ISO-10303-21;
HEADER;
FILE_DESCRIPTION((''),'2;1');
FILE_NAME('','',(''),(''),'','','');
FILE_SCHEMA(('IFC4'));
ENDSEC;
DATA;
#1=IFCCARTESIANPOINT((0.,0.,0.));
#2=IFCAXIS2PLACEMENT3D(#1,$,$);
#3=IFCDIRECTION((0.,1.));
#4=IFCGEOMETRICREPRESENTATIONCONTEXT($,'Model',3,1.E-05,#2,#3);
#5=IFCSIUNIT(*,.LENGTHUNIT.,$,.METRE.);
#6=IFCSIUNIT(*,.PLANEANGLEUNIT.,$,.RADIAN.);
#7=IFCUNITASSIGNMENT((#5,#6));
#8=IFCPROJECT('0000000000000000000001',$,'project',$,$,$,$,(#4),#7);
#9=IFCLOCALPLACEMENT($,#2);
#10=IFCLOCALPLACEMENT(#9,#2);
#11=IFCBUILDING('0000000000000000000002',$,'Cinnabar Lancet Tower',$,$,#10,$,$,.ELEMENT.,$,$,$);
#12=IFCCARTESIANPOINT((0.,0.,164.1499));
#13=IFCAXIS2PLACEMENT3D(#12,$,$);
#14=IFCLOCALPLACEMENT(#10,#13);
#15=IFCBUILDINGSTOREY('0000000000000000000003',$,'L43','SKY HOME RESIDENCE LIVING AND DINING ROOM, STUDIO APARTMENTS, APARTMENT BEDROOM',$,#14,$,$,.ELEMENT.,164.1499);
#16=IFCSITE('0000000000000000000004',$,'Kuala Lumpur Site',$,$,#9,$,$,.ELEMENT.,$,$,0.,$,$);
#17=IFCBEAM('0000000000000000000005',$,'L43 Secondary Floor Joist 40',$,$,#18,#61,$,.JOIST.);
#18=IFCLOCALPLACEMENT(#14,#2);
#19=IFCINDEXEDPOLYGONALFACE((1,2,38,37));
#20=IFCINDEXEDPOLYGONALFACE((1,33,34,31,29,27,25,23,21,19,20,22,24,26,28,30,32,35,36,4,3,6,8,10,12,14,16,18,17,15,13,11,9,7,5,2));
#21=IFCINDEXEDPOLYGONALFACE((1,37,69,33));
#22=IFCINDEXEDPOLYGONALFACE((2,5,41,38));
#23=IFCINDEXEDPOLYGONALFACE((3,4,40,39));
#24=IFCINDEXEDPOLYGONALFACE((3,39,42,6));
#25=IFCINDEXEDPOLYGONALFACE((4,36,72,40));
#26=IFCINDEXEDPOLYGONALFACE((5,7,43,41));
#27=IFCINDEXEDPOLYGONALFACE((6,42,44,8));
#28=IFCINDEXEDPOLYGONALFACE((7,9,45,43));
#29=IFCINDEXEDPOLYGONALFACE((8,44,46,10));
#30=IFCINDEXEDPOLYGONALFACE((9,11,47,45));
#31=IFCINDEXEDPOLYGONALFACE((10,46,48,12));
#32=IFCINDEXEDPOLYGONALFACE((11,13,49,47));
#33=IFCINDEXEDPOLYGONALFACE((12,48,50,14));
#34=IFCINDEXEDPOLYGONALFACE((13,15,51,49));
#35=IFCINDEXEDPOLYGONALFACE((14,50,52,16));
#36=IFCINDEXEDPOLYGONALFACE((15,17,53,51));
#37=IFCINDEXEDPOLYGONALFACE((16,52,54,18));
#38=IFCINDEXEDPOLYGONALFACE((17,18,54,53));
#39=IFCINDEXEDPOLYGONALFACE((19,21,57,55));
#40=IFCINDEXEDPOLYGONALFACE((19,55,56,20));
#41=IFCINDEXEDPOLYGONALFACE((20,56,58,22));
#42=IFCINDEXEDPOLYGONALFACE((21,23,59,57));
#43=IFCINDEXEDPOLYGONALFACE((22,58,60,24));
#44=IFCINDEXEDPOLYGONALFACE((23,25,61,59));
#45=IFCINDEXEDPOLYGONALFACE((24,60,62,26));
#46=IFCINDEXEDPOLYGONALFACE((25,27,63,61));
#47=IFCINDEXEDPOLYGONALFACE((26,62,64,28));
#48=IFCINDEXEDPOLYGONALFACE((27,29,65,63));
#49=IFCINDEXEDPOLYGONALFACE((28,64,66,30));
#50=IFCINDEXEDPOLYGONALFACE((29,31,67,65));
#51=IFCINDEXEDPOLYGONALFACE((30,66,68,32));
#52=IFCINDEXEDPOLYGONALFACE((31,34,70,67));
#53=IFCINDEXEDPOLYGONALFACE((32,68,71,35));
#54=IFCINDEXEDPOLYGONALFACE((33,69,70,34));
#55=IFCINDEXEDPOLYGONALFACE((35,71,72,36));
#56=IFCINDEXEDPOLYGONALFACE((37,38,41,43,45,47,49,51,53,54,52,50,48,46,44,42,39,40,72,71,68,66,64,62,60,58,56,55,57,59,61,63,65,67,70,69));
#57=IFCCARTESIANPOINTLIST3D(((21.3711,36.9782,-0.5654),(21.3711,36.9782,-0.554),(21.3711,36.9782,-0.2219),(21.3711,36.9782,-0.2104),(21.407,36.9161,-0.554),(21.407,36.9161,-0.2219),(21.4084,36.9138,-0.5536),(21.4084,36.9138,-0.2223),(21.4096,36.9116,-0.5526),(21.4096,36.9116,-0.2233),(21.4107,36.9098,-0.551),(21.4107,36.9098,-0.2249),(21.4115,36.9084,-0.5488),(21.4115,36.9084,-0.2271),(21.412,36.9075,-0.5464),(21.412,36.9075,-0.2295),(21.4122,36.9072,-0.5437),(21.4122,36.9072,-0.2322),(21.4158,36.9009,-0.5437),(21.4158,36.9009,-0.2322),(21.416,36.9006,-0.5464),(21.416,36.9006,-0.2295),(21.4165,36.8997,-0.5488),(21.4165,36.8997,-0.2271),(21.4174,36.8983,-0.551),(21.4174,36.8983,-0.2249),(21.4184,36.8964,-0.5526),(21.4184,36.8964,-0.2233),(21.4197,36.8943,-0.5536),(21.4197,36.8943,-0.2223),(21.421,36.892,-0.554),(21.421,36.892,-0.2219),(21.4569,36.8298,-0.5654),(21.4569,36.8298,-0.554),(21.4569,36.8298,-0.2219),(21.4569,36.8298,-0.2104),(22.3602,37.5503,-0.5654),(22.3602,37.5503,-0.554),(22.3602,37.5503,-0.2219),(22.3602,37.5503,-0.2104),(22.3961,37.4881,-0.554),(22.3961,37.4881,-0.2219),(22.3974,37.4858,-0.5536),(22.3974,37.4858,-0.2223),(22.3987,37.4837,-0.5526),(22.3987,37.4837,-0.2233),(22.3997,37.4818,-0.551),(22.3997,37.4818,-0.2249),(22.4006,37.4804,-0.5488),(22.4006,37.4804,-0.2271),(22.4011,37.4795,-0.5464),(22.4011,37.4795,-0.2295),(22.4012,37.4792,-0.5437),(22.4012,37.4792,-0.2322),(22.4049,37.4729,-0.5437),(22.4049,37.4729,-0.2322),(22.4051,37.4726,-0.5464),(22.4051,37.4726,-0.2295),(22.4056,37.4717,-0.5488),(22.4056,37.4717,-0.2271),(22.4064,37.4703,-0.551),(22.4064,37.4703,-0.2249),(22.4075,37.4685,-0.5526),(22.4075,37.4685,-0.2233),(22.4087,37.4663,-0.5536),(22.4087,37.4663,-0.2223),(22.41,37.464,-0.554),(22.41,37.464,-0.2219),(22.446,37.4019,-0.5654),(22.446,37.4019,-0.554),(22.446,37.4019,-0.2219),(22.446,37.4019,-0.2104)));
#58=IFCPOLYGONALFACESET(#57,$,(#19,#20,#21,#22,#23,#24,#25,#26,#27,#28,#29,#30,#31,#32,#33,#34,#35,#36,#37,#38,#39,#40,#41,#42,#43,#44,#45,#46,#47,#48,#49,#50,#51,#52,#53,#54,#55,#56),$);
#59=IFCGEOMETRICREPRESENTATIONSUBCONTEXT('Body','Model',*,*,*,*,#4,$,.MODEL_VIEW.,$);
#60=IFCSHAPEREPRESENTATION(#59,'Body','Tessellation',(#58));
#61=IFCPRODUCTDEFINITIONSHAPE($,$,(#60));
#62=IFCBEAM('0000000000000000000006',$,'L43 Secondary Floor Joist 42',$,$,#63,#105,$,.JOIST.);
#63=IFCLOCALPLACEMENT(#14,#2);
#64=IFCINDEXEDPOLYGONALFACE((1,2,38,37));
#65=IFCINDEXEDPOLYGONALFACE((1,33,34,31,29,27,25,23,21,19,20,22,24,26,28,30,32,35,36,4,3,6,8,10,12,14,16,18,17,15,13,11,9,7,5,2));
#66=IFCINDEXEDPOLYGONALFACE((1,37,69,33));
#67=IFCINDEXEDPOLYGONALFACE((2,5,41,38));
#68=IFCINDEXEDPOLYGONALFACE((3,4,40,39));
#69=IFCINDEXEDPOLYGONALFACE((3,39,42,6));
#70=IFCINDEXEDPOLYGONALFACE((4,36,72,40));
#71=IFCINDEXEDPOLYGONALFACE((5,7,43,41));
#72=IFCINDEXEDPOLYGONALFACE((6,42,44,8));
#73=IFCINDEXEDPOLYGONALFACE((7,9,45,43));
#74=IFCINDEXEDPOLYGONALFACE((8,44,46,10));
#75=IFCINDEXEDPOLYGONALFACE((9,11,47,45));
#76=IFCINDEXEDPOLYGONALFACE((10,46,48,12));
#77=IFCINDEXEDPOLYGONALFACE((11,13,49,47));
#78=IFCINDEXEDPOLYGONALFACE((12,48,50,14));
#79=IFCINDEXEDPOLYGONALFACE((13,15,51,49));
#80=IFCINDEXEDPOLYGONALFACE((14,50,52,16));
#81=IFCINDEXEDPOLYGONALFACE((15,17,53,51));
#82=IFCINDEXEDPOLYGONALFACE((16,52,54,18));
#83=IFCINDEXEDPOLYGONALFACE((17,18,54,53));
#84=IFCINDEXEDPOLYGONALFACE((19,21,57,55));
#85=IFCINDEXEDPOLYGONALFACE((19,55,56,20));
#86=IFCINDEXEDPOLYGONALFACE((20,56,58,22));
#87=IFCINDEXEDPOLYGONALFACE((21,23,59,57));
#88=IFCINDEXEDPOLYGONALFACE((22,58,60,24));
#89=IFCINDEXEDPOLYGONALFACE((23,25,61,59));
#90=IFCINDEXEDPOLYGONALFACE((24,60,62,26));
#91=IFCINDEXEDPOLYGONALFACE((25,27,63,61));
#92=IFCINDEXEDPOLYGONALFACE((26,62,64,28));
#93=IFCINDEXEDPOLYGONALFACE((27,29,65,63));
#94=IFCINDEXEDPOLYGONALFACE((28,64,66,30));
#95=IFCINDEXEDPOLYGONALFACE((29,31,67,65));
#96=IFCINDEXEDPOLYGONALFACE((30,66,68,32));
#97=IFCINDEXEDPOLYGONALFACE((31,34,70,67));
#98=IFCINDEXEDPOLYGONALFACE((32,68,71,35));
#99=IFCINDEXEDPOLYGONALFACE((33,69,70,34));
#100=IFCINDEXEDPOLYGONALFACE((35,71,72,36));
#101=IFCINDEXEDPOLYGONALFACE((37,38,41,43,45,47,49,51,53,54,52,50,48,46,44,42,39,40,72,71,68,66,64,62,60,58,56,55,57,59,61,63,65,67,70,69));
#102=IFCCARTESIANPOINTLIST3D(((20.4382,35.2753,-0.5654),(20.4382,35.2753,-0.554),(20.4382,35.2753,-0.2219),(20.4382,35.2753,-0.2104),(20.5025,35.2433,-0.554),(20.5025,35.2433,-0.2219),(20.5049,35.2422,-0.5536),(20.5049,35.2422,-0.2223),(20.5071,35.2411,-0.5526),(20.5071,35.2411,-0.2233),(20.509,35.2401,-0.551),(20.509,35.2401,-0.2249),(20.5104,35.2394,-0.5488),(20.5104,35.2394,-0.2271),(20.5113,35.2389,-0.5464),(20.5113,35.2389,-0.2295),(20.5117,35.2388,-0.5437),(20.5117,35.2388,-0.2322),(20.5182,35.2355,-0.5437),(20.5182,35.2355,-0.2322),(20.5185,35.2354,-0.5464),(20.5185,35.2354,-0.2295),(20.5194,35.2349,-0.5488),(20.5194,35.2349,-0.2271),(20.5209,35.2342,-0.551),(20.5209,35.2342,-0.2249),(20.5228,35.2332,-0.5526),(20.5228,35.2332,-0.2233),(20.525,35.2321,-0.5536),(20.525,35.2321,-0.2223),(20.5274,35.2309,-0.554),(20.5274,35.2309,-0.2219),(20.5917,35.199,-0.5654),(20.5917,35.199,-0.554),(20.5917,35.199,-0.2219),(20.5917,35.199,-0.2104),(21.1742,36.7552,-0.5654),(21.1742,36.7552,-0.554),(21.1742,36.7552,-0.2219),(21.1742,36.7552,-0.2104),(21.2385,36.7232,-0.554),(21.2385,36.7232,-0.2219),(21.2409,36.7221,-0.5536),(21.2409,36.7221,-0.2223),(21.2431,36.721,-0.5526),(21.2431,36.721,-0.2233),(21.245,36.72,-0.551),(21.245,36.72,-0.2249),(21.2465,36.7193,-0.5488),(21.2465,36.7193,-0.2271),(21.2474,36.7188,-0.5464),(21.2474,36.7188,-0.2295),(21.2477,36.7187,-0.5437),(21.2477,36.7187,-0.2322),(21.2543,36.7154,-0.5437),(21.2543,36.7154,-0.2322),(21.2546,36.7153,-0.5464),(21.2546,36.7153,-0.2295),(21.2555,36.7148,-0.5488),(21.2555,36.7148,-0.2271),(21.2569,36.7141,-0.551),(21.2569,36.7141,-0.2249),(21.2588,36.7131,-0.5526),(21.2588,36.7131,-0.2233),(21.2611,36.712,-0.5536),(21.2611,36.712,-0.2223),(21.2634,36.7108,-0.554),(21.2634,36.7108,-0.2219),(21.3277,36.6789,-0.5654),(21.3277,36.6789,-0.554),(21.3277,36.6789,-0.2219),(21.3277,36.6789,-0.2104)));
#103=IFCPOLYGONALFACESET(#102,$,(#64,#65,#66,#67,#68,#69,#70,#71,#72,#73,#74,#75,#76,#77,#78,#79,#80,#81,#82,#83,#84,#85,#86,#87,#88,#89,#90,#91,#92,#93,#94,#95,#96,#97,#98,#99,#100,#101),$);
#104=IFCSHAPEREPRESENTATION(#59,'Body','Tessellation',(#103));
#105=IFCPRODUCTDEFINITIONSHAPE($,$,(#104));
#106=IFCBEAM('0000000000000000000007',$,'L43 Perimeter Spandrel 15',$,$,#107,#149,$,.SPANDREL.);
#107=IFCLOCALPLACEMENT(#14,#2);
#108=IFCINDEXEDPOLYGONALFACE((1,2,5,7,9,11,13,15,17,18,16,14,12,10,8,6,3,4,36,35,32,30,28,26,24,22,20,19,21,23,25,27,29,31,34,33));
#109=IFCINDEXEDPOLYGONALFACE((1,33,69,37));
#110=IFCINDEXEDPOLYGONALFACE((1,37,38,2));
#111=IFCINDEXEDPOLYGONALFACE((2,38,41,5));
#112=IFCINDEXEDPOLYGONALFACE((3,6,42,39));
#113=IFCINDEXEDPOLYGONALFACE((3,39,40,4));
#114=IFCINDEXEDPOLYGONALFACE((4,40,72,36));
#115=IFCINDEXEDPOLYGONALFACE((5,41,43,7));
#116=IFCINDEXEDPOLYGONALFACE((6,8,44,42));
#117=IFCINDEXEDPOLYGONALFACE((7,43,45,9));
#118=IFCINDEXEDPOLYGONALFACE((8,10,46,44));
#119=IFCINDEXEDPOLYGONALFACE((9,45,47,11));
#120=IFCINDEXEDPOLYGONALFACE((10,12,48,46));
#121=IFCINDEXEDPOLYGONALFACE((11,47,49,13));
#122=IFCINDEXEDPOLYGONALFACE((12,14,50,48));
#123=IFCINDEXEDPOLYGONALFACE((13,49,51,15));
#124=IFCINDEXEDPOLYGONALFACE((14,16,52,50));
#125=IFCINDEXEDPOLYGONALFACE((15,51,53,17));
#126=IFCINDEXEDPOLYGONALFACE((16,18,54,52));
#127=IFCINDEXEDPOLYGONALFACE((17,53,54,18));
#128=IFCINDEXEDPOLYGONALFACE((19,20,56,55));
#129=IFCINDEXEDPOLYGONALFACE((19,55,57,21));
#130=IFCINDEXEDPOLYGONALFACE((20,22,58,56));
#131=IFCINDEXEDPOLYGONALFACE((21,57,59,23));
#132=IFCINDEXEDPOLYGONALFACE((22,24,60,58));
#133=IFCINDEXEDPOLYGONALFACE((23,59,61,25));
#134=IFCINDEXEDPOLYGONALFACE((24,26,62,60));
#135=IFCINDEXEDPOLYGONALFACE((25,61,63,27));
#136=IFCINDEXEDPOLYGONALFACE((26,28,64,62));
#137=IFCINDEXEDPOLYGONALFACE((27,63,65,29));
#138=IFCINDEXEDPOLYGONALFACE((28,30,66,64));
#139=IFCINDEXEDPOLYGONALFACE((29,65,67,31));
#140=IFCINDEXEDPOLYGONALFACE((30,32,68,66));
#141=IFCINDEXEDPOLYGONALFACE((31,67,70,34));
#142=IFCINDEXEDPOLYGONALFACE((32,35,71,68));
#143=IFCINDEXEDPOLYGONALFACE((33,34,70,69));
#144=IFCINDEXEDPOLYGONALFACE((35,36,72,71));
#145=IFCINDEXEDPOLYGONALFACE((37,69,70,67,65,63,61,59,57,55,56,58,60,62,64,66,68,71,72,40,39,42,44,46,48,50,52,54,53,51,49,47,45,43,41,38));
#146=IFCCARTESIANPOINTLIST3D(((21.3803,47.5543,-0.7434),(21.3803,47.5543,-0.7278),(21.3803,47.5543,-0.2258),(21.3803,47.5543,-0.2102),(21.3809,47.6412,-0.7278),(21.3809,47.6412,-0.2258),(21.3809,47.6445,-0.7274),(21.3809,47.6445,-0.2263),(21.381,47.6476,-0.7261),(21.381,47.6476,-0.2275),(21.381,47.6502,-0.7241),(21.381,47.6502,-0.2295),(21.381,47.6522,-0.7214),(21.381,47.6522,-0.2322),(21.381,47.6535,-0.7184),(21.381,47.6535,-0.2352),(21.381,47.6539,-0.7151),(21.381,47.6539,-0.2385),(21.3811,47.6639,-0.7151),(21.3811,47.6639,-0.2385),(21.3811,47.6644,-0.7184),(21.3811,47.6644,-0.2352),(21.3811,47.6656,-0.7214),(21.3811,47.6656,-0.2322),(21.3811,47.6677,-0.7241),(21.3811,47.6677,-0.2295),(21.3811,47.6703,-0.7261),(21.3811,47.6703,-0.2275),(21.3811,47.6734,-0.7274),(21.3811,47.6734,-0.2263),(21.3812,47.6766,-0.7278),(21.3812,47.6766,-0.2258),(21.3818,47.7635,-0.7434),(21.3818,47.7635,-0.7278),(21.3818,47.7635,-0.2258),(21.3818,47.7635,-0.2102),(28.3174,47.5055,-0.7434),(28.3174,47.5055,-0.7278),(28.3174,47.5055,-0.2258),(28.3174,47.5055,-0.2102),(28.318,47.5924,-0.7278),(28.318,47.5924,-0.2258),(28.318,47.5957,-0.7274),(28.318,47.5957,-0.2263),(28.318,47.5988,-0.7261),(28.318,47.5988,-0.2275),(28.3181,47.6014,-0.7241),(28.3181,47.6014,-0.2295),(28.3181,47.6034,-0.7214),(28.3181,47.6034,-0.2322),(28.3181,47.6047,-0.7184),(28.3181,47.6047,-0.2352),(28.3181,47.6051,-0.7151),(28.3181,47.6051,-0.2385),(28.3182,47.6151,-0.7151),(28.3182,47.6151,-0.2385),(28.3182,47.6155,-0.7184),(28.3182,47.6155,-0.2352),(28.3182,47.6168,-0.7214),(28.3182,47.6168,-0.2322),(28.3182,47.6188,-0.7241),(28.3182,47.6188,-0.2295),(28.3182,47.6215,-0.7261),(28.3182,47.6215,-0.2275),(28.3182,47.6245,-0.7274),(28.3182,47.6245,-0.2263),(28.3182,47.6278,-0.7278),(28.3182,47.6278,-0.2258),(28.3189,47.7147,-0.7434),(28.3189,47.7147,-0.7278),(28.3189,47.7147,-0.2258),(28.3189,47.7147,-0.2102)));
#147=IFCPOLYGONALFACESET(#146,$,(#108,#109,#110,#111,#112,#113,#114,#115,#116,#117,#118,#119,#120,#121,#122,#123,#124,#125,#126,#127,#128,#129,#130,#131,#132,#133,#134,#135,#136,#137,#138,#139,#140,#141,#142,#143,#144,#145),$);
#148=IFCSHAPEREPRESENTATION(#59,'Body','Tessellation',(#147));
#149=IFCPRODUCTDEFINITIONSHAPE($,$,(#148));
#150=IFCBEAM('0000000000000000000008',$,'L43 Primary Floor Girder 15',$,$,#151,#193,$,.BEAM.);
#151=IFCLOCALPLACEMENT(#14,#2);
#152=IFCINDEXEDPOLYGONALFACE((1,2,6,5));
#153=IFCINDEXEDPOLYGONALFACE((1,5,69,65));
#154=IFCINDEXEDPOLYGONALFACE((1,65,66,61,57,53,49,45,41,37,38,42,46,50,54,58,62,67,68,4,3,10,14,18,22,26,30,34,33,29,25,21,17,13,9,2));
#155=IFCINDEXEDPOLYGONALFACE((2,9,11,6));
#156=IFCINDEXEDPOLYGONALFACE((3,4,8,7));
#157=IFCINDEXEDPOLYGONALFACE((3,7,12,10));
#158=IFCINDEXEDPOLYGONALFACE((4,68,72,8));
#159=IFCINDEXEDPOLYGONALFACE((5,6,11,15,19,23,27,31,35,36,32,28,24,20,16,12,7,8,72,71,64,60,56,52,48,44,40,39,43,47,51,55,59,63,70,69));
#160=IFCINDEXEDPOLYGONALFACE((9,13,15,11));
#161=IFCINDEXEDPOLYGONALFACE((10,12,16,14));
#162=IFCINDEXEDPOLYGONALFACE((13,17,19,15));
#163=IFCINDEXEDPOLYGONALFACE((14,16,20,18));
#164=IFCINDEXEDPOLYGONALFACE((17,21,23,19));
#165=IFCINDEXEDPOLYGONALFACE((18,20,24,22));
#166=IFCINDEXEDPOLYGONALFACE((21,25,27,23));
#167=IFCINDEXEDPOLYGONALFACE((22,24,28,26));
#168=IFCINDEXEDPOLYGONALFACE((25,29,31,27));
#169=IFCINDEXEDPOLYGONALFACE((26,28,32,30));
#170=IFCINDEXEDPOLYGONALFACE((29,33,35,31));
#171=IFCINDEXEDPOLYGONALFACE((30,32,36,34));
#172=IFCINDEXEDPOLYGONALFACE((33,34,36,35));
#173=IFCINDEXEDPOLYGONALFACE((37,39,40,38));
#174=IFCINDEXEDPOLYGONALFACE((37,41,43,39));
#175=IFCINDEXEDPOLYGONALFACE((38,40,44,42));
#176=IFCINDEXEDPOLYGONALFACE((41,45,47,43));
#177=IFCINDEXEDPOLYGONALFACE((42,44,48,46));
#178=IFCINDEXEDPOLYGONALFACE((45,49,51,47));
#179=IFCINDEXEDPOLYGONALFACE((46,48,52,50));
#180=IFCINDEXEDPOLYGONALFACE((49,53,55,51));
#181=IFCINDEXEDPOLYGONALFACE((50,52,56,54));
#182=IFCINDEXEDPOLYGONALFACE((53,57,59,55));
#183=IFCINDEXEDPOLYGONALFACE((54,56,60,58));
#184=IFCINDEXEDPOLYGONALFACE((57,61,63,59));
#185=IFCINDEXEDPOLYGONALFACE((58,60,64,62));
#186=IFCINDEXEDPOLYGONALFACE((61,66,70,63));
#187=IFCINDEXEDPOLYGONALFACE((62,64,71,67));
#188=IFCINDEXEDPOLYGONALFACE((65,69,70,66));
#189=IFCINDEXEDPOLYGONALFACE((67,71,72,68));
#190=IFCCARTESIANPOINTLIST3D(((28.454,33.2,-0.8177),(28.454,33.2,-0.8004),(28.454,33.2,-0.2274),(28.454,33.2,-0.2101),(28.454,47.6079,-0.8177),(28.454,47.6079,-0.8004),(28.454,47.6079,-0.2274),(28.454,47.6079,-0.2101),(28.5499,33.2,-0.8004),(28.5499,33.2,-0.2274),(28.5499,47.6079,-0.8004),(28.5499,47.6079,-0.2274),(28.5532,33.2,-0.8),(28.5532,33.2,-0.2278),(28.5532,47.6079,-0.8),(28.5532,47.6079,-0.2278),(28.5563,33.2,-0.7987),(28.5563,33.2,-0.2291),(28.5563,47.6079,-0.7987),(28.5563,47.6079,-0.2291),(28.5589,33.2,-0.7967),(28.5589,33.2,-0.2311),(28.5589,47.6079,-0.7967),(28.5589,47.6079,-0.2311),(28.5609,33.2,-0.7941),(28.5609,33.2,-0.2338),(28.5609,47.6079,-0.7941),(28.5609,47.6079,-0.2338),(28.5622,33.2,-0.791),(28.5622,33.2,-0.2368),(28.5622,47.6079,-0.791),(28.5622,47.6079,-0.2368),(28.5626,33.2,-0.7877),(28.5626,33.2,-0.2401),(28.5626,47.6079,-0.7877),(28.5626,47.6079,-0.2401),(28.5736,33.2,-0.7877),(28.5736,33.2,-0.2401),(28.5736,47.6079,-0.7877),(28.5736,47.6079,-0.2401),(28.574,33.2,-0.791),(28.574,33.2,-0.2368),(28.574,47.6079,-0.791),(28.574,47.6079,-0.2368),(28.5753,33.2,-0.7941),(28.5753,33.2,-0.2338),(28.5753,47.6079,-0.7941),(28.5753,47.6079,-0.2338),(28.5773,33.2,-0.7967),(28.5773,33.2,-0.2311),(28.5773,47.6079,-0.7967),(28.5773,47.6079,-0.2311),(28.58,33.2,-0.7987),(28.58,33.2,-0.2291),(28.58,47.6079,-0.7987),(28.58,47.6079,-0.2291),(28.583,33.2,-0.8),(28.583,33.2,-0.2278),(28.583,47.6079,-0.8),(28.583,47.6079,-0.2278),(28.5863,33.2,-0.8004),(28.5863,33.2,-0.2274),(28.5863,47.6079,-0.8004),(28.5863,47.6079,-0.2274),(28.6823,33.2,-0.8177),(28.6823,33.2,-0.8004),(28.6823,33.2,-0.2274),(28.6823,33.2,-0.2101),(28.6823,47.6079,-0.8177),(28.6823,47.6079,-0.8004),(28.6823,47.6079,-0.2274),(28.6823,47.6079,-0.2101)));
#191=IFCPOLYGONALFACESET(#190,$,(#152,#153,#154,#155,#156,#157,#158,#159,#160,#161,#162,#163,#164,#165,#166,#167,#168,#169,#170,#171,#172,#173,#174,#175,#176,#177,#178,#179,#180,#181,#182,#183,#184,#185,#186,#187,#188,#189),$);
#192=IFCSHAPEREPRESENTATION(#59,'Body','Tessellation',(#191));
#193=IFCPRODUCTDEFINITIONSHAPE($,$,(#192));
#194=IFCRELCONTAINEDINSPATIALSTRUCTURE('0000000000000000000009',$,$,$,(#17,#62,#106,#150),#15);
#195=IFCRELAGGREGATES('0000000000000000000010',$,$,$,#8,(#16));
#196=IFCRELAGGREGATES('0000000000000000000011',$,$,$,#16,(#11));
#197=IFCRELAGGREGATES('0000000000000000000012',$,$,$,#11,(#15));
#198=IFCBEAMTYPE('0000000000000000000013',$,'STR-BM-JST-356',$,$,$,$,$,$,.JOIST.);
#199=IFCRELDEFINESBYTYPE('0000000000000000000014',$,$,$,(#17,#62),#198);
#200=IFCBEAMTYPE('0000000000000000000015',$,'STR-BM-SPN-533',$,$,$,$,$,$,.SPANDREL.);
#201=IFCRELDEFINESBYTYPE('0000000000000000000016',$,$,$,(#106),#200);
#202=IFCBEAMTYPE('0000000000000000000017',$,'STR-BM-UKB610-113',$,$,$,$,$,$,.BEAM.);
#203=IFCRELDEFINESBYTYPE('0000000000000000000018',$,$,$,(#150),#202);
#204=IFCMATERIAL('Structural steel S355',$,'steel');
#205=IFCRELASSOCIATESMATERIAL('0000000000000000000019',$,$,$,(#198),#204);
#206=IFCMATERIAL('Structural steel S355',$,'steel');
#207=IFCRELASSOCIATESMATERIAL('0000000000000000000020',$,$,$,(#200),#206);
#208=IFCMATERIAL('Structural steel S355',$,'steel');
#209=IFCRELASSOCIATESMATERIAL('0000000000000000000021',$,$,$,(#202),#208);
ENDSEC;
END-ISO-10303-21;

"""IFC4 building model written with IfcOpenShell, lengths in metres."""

from ifc_helpers import new_model, si_unit, direction, frame, origin, origin_2d, place, context, subcontext, project, spatial, i_section, extrude, material, material_profile, profile_set, type_object, element, save


model = new_model("IFC4")

# Units and contexts
model_context = context("Model", 3, precision=1e-05, world=origin(), true_north=direction((0.0, 1.0)))
body_context = subcontext(model_context, "Body", "Model", "MODEL_VIEW")
ifc_project = project(units=[si_unit("LENGTHUNIT", "METRE"), si_unit("PLANEANGLEUNIT", "RADIAN")], contexts=[model_context])

# Site, building, storey
site_placement = place(None, origin())
site = spatial("IfcSite", under=ifc_project, at=site_placement, Name="Kuala Lumpur Site", CompositionType="ELEMENT", RefElevation=0.0)
building_placement = place(site_placement, origin())
building = spatial("IfcBuilding", under=site, at=building_placement, Name="Cinnabar Lancet Tower", CompositionType="ELEMENT")
storey_placement = place(building_placement, frame((0.0, 0.0, 164.1499)))
storey = spatial("IfcBuildingStorey", under=building, at=storey_placement, Name="L43", Description="SKY HOME RESIDENCE LIVING AND DINING ROOM, STUDIO APARTMENTS, APARTMENT BEDROOM", CompositionType="ELEMENT", Elevation=164.1499)

# Beams
ifc_material_1 = material(Name="Structural steel S355", Category="steel")
ifc_material_profile_1 = material_profile(ifc_material_1, i_section(OverallWidth=0.1714, OverallDepth=0.355, WebThickness=0.0073, FlangeThickness=0.0115, FilletRadius=0.0103, at=origin_2d()), Name="UKB 356x171x51")
ifc_profile_set_1 = profile_set([ifc_material_profile_1], Name="Structural steel S355")
beam_type_1 = type_object("IfcBeamType", Name="STR-BM-JST-356", PredefinedType="JOIST", material=ifc_profile_set_1)
beam_1_placement = place(storey_placement, frame((22.4031, 37.4761, -0.3879), z_axis=(-0.865641, -0.500666, 0.0), x_axis=(0.500666, -0.865641, 0.0)))
element("IfcBeam", 1, at=beam_1_placement, inside=storey, type_object=beam_type_1, Name="L43 Secondary Floor Joist 40", PredefinedType="JOIST", context=body_context, shape_type="SweptSolid", body=[
    extrude(i_section(OverallWidth=0.1714, OverallDepth=0.355, WebThickness=0.0073, FlangeThickness=0.0115, FilletRadius=0.0103, at=origin_2d()), origin(), (0.0, 0.0, 1.0), 1.1426),
])
beam_2_placement = place(storey_placement, frame((21.251, 36.717, -0.3879), z_axis=(-0.445322, -0.89537, 0.0), x_axis=(0.89537, -0.445322, 0.0)))
element("IfcBeam", 2, at=beam_2_placement, inside=storey, type_object=beam_type_1, Name="L43 Secondary Floor Joist 42", PredefinedType="JOIST", context=body_context, shape_type="SweptSolid", body=[
    extrude(i_section(OverallWidth=0.1714, OverallDepth=0.355, WebThickness=0.0073, FlangeThickness=0.0115, FilletRadius=0.0103, at=origin_2d()), origin(), (0.0, 0.0, 1.0), 1.6528),
])
ifc_material_2 = material(Name="Structural steel S355", Category="steel")
ifc_material_profile_2 = material_profile(ifc_material_2, i_section(OverallWidth=0.2092, OverallDepth=0.5332, WebThickness=0.01, FlangeThickness=0.0156, FilletRadius=0.0127, at=origin_2d()), Name="UKB 533x210x92")
ifc_profile_set_2 = profile_set([ifc_material_profile_2], Name="Structural steel S355")
beam_type_2 = type_object("IfcBeamType", Name="STR-BM-SPN-533", PredefinedType="SPANDREL", material=ifc_profile_set_2)
beam_3_placement = place(storey_placement, frame((28.3181, 47.6101, -0.4768), z_axis=(-0.999975, 0.007039, 0.0), x_axis=(-0.007039, -0.999975, 0.0)))
element("IfcBeam", 3, at=beam_3_placement, inside=storey, type_object=beam_type_2, Name="L43 Perimeter Spandrel 15", PredefinedType="SPANDREL", context=body_context, shape_type="SweptSolid", body=[
    extrude(i_section(OverallWidth=0.2092, OverallDepth=0.5332, WebThickness=0.01, FlangeThickness=0.0156, FilletRadius=0.0127, at=origin_2d()), origin(), (0.0, 0.0, 1.0), 6.9373),
])
ifc_material_3 = material(Name="Structural steel S355", Category="steel")
ifc_material_profile_3 = material_profile(ifc_material_3, i_section(OverallWidth=0.2283, OverallDepth=0.6077, WebThickness=0.011, FlangeThickness=0.0173, FilletRadius=0.0127, at=origin_2d()), Name="UKB 610x229x113")
ifc_profile_set_3 = profile_set([ifc_material_profile_3], Name="Structural steel S355")
beam_type_3 = type_object("IfcBeamType", Name="STR-BM-UKB610-113", PredefinedType="BEAM", material=ifc_profile_set_3)
beam_4_placement = place(storey_placement, frame((28.5681, 47.6079, -0.5139), z_axis=(0.0, -1.0, 0.0), x_axis=(1.0, 0.0, 0.0)))
element("IfcBeam", 4, at=beam_4_placement, inside=storey, type_object=beam_type_3, Name="L43 Primary Floor Girder 15", PredefinedType="BEAM", context=body_context, shape_type="SweptSolid", body=[
    extrude(i_section(OverallWidth=0.2283, OverallDepth=0.6077, WebThickness=0.011, FlangeThickness=0.0173, FilletRadius=0.0127, at=origin_2d()), origin(), (0.0, 0.0, 1.0), 14.408),
])

save(model, "model.ifc")
